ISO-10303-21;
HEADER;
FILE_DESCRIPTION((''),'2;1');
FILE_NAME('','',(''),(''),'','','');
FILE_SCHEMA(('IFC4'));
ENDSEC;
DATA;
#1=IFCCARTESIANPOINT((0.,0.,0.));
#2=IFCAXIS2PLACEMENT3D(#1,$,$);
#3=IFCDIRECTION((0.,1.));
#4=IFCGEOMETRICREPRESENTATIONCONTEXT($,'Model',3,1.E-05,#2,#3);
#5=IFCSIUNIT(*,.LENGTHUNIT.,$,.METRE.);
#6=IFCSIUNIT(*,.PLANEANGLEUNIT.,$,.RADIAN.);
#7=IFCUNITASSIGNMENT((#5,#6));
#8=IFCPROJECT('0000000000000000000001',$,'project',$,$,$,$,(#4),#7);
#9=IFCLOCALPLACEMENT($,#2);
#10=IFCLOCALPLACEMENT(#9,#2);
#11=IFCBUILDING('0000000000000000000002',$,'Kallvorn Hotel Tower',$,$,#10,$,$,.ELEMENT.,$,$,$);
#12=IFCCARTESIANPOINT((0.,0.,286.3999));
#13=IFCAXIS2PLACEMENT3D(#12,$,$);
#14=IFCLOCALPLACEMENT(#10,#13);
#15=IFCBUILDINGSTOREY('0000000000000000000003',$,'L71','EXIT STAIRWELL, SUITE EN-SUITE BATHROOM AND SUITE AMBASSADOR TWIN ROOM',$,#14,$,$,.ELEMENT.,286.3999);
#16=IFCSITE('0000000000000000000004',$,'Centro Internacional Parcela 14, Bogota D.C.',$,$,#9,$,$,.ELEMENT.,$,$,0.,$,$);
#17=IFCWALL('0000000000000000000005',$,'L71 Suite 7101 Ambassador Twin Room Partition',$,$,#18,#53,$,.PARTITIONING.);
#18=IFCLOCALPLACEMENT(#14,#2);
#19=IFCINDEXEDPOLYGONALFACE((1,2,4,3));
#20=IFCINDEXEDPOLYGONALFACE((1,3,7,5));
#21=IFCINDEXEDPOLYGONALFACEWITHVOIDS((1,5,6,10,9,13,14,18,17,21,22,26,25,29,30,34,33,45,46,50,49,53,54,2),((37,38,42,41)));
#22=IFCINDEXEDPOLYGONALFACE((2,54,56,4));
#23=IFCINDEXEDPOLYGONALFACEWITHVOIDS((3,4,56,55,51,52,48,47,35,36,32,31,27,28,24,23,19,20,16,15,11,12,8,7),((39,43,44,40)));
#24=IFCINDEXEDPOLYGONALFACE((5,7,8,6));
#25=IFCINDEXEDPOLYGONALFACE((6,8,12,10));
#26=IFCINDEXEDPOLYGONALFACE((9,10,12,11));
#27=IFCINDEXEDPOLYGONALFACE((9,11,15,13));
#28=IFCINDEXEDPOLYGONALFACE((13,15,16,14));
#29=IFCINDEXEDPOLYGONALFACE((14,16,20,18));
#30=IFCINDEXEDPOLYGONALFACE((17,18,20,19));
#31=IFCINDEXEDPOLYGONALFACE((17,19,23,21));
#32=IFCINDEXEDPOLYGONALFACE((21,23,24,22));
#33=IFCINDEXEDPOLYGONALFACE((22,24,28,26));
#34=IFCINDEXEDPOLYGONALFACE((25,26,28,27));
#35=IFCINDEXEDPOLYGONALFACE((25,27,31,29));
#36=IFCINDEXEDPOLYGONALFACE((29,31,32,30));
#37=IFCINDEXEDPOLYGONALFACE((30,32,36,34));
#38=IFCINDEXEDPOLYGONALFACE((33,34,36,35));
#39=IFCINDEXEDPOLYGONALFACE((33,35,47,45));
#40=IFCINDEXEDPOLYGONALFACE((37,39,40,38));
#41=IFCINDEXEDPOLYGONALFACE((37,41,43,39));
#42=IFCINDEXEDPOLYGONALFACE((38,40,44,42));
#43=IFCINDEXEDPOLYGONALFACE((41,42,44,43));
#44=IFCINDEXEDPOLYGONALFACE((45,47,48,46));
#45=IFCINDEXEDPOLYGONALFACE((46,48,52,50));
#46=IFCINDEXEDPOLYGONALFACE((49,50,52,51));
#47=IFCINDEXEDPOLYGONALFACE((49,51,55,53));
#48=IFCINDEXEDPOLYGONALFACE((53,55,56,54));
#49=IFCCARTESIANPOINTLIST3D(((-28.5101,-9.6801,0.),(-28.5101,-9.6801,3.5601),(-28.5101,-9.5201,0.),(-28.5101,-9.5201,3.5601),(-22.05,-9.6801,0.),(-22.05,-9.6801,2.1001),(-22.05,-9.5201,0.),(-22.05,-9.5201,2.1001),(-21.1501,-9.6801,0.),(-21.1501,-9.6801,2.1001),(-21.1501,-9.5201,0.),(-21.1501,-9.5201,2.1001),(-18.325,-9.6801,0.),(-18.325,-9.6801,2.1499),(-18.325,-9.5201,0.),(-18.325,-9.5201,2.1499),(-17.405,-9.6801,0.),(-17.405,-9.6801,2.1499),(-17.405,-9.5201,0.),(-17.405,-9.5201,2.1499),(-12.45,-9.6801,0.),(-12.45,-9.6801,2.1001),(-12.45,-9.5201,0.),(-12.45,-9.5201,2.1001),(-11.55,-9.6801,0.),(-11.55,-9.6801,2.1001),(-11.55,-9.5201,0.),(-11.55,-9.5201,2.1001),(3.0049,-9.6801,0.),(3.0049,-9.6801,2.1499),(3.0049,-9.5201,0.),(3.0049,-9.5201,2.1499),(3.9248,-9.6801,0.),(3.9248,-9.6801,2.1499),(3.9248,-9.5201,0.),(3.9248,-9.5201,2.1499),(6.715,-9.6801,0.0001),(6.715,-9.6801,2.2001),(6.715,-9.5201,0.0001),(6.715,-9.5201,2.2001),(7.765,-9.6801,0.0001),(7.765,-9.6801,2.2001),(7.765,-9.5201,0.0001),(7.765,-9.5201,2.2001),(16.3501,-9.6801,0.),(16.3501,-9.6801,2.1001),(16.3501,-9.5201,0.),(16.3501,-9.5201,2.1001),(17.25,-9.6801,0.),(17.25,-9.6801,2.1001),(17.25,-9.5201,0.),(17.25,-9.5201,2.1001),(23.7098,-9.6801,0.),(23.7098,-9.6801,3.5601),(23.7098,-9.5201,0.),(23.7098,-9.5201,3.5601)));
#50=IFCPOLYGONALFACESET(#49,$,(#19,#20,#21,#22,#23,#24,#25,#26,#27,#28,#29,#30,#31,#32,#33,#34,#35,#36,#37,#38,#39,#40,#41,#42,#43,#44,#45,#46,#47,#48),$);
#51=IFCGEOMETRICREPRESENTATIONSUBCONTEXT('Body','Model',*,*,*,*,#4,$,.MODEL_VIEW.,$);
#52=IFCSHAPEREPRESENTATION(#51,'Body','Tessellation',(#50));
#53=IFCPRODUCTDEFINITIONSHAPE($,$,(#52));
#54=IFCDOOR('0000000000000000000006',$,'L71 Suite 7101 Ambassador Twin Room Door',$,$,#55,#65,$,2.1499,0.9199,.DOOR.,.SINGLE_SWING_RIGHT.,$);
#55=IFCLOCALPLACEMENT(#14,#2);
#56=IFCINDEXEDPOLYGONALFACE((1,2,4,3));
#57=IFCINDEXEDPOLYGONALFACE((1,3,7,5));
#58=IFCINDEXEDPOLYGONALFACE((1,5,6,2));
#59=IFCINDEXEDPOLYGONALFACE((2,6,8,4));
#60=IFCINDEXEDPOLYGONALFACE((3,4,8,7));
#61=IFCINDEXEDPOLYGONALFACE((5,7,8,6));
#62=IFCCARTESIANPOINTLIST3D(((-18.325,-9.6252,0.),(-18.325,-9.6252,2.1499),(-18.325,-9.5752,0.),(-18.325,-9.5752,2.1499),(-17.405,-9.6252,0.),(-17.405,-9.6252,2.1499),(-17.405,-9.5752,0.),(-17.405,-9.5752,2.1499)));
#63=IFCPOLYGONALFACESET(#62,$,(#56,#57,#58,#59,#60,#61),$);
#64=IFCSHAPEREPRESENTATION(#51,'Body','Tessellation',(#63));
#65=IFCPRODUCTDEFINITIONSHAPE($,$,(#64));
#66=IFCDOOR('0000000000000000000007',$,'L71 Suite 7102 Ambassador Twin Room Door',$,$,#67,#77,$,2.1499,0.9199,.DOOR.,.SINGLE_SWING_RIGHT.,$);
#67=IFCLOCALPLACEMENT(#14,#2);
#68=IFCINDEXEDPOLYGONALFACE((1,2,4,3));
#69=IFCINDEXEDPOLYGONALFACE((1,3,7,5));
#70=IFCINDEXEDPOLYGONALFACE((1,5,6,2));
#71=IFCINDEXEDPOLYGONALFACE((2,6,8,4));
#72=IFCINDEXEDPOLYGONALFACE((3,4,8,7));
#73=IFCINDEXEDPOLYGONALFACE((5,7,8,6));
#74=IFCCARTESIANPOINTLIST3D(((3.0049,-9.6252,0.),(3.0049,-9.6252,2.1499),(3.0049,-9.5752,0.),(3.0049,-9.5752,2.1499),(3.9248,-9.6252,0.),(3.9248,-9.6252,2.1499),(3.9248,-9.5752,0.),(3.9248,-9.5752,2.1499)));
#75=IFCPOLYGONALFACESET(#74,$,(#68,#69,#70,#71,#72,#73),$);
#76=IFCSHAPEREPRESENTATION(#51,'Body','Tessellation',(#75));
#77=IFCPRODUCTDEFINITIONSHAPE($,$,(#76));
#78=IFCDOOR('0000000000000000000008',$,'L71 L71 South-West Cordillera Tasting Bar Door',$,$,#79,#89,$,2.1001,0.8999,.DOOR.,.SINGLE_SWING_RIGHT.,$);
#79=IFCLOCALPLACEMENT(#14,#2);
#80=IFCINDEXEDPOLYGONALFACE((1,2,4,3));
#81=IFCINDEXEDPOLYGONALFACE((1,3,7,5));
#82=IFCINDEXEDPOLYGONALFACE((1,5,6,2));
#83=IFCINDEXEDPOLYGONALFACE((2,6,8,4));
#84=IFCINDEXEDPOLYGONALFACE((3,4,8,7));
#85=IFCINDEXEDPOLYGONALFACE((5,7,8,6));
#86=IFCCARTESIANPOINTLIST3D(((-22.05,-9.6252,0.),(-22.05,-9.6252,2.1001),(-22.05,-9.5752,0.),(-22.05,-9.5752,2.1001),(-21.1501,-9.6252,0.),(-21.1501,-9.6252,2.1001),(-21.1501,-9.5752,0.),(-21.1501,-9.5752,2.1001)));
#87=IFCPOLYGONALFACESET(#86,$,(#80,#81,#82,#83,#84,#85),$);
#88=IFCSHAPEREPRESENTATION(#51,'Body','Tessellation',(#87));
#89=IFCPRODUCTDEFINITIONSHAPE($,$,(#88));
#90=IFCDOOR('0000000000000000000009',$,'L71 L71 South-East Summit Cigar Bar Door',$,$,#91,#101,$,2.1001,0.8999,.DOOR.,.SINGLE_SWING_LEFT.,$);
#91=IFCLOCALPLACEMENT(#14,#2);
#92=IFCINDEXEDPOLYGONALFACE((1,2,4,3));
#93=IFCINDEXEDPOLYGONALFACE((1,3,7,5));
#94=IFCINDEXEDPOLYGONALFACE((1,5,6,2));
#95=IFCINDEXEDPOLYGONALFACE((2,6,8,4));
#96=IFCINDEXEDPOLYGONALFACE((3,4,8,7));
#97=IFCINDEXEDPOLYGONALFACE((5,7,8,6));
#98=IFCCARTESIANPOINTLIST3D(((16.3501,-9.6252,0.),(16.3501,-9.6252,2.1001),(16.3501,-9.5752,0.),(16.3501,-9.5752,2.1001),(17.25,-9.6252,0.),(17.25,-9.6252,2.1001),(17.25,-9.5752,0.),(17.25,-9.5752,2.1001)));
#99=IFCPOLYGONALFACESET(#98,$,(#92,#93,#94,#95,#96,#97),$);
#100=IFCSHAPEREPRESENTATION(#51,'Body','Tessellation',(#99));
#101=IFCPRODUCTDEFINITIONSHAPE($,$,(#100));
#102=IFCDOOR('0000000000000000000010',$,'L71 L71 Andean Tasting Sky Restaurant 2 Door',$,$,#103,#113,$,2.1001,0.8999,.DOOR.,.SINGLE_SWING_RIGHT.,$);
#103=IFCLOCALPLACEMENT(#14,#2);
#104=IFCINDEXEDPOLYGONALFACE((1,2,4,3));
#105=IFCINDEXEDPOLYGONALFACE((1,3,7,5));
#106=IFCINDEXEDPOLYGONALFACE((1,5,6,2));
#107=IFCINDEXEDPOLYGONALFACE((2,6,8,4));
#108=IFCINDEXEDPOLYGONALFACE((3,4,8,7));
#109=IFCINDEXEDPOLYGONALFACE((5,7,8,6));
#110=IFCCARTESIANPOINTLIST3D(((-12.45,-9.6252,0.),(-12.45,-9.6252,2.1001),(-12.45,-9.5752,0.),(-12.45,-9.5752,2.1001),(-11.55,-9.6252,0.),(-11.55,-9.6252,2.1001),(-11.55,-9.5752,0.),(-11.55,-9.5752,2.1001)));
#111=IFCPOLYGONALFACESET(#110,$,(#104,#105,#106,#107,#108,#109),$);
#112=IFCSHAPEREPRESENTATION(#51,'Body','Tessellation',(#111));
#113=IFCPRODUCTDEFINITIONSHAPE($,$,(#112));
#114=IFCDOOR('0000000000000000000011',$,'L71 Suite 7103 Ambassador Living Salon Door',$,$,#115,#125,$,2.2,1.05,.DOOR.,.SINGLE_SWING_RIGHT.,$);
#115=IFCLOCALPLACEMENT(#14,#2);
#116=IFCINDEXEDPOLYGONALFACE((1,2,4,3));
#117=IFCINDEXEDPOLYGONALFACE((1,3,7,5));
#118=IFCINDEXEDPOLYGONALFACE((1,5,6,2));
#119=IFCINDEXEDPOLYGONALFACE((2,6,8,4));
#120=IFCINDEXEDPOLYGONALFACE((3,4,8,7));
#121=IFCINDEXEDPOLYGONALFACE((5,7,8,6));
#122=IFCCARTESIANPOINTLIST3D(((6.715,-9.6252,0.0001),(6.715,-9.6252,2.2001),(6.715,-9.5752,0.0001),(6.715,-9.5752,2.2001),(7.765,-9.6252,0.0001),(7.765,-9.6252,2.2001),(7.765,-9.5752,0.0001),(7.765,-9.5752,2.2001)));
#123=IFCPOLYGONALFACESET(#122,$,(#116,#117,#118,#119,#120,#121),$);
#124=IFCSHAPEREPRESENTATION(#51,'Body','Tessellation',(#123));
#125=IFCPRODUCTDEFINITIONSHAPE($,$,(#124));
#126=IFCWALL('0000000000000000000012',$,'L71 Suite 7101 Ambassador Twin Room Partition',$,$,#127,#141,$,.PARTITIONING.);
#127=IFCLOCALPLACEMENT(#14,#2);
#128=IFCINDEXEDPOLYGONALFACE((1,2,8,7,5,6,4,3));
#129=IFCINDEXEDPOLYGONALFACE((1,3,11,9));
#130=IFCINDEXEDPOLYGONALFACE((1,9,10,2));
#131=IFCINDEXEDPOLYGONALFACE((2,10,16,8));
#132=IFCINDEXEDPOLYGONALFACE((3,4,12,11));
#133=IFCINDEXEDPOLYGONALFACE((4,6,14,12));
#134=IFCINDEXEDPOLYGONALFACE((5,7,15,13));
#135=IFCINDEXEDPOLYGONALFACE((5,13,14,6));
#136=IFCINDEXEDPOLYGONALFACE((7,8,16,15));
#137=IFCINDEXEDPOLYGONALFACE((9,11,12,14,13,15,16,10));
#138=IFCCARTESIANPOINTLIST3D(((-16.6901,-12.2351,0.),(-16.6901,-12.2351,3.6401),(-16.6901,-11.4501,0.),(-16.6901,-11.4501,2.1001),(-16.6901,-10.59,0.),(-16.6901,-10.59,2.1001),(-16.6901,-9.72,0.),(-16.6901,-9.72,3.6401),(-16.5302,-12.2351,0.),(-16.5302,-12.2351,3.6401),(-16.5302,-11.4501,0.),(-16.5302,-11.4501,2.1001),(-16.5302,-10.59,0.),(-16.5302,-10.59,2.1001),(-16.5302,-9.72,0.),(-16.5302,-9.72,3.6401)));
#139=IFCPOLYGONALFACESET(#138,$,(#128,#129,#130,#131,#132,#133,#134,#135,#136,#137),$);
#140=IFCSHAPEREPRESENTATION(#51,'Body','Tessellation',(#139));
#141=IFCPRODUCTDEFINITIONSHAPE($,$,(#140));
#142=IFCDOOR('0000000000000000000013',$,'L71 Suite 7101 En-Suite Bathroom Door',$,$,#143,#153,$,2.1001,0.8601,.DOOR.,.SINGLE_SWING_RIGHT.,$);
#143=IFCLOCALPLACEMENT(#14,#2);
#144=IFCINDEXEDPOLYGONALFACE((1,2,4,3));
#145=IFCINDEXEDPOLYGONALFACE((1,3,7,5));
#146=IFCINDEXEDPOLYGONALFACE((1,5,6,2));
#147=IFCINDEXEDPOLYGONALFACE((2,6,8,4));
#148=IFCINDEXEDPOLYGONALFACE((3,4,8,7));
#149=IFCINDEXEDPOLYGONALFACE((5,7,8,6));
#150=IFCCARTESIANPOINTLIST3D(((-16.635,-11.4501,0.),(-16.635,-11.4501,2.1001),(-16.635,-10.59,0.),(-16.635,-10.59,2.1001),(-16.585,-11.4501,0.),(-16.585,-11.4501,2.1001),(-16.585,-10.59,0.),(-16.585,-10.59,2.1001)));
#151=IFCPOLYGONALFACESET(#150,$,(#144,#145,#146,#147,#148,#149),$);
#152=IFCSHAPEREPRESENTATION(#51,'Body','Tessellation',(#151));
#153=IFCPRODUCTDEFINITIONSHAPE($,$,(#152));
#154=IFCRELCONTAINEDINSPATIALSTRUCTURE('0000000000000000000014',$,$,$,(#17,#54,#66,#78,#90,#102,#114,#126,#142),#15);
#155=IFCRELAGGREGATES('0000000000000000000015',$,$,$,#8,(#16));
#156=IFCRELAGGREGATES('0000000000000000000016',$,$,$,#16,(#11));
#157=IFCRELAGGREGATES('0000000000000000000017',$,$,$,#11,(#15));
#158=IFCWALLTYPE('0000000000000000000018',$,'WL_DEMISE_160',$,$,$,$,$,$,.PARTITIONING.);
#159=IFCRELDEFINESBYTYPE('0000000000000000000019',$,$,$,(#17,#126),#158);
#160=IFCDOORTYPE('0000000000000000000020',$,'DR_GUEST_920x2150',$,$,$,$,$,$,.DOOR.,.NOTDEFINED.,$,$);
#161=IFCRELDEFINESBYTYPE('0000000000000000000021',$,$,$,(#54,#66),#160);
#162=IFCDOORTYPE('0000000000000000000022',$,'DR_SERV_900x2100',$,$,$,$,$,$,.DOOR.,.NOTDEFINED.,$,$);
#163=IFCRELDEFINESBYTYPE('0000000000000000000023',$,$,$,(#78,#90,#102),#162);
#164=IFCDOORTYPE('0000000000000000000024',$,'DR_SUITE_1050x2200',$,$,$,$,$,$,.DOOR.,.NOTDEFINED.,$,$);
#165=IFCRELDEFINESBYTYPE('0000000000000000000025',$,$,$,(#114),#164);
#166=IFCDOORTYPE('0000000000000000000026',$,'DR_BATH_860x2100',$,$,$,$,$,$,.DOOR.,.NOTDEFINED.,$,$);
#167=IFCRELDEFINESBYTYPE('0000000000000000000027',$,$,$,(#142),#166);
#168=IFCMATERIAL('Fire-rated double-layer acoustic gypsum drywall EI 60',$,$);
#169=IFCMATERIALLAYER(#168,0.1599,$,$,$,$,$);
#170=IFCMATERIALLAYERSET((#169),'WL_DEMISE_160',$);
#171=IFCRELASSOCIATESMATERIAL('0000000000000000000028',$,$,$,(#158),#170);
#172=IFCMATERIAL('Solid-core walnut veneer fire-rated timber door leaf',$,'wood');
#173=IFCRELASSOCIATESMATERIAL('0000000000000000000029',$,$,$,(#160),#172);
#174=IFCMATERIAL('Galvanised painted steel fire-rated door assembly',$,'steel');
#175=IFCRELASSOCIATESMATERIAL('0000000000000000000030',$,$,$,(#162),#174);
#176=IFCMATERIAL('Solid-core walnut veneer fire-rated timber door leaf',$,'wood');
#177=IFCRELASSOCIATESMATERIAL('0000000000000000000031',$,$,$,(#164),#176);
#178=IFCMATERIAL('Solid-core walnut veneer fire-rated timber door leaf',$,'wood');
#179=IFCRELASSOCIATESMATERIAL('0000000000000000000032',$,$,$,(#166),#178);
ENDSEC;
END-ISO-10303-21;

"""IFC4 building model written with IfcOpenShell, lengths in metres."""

from ifc_helpers import new_model, si_unit, direction, frame, frame_2d, origin, place, context, subcontext, project, spatial, rectangle, extrude, material, layer, layer_set, type_object, element, fill, save


model = new_model("IFC4")

# Units and contexts
model_context = context("Model", 3, precision=1e-05, world=origin(), true_north=direction((0.0, 1.0)))
body_context = subcontext(model_context, "Body", "Model", "MODEL_VIEW")
ifc_project = project(units=[si_unit("LENGTHUNIT", "METRE"), si_unit("PLANEANGLEUNIT", "RADIAN")], contexts=[model_context])

# Site, building, storey
site_placement = place(None, origin())
site = spatial("IfcSite", under=ifc_project, at=site_placement, Name="Centro Internacional Parcela 14, Bogota D.C.", CompositionType="ELEMENT", RefElevation=0.0)
building_placement = place(site_placement, origin())
building = spatial("IfcBuilding", under=site, at=building_placement, Name="Kallvorn Hotel Tower", CompositionType="ELEMENT")
storey_placement = place(building_placement, frame((0.0, 0.0, 286.3999)))
storey = spatial("IfcBuildingStorey", under=building, at=storey_placement, Name="L71", Description="EXIT STAIRWELL, SUITE EN-SUITE BATHROOM AND SUITE AMBASSADOR TWIN ROOM", CompositionType="ELEMENT", Elevation=286.3999)

# Shared definitions
ifc_material_1 = material(Name="Fire-rated double-layer acoustic gypsum drywall EI 60")
ifc_layer_1 = layer(ifc_material_1, 0.1599)
ifc_layer_set_1 = layer_set([ifc_layer_1], Name="WL_DEMISE_160")
wall_type_1 = type_object("IfcWallType", Name="WL_DEMISE_160", PredefinedType="PARTITIONING", material=ifc_layer_set_1)

# Wall, openings, doors
wall_1_placement = place(storey_placement, frame((-28.51, -9.6001, 0.0), z_axis=(0.0, 0.0, 1.0), x_axis=(1.0, 0.0, 0.0)))
wall_1 = element("IfcWall", 1, at=wall_1_placement, inside=storey, type_object=wall_type_1, Name="L71 Suite 7101 Ambassador Twin Room Partition", PredefinedType="PARTITIONING", context=body_context, shape_type="SweptSolid", body=[
    extrude(rectangle(XDim=52.22, YDim=0.1599, at=frame_2d((26.1099, 0.0))), origin(), (0.0, 0.0, 1.0), 3.5601),
])
opening_1_placement = place(wall_1_placement, frame((6.46, 0.0, 0.0)))
opening_1 = element("IfcOpeningElement", 2, at=opening_1_placement, cuts=wall_1, PredefinedType="OPENING", context=body_context, shape_type="SweptSolid", body=[
    extrude(rectangle(XDim=0.8999, YDim=2.1001, at=frame_2d((0.45, 1.05))), frame((0.0, 0.095, 0.0), z_axis=(0.0, -1.0, 0.0), x_axis=(1.0, 0.0, 0.0)), (0.0, 0.0, 1.0), 0.1899),
])
opening_2_placement = place(wall_1_placement, frame((44.8601, 0.0, 0.0)))
opening_2 = element("IfcOpeningElement", 3, at=opening_2_placement, cuts=wall_1, PredefinedType="OPENING", context=body_context, shape_type="SweptSolid", body=[
    extrude(rectangle(XDim=0.8999, YDim=2.1001, at=frame_2d((0.45, 1.05))), frame((0.0, 0.095, 0.0), z_axis=(0.0, -1.0, 0.0), x_axis=(1.0, 0.0, 0.0)), (0.0, 0.0, 1.0), 0.1899),
])
opening_3_placement = place(wall_1_placement, frame((10.1851, 0.0, 0.0)))
opening_3 = element("IfcOpeningElement", 4, at=opening_3_placement, cuts=wall_1, PredefinedType="OPENING", context=body_context, shape_type="SweptSolid", body=[
    extrude(rectangle(XDim=0.9199, YDim=2.1499, at=frame_2d((0.46, 1.075))), frame((0.0, 0.095, 0.0), z_axis=(0.0, -1.0, 0.0), x_axis=(1.0, 0.0, 0.0)), (0.0, 0.0, 1.0), 0.1899),
])
opening_4_placement = place(wall_1_placement, frame((16.0601, 0.0, 0.0)))
opening_4 = element("IfcOpeningElement", 5, at=opening_4_placement, cuts=wall_1, PredefinedType="OPENING", context=body_context, shape_type="SweptSolid", body=[
    extrude(rectangle(XDim=0.8999, YDim=2.1001, at=frame_2d((0.45, 1.05))), frame((0.0, 0.095, 0.0), z_axis=(0.0, -1.0, 0.0), x_axis=(1.0, 0.0, 0.0)), (0.0, 0.0, 1.0), 0.1899),
])
opening_5_placement = place(wall_1_placement, frame((31.5149, 0.0, 0.0)))
opening_5 = element("IfcOpeningElement", 6, at=opening_5_placement, cuts=wall_1, PredefinedType="OPENING", context=body_context, shape_type="SweptSolid", body=[
    extrude(rectangle(XDim=0.9199, YDim=2.1499, at=frame_2d((0.46, 1.075))), frame((0.0, 0.095, 0.0), z_axis=(0.0, -1.0, 0.0), x_axis=(1.0, 0.0, 0.0)), (0.0, 0.0, 1.0), 0.1899),
])
opening_6_placement = place(wall_1_placement, frame((35.2251, 0.0, 0.0)))
opening_6 = element("IfcOpeningElement", 7, at=opening_6_placement, cuts=wall_1, PredefinedType="OPENING", context=body_context, shape_type="SweptSolid", body=[
    extrude(rectangle(XDim=1.05, YDim=2.2, at=frame_2d((0.5249, 1.1001))), frame((0.0, 0.095, 0.0), z_axis=(0.0, -1.0, 0.0), x_axis=(1.0, 0.0, 0.0)), (0.0, 0.0, 1.0), 0.1899),
])
ifc_material_2 = material(Name="Solid-core walnut veneer fire-rated timber door leaf", Category="wood")
door_type_1 = type_object("IfcDoorType", Name="DR_GUEST_920x2150", OperationType="NOTDEFINED", PredefinedType="DOOR", material=ifc_material_2)
door_1_placement = place(opening_3_placement, origin())
door_1 = element("IfcDoor", 8, at=door_1_placement, inside=storey, type_object=door_type_1, Name="L71 Suite 7101 Ambassador Twin Room Door", OperationType="SINGLE_SWING_RIGHT", OverallHeight=2.1499, OverallWidth=0.9199, PredefinedType="DOOR", context=body_context, shape_type="SweptSolid", body=[
    extrude(rectangle(XDim=0.9199, YDim=2.1499, at=frame_2d((0.46, 1.075))), frame((0.0, 0.0249, 0.0), z_axis=(0.0, -1.0, 0.0), x_axis=(1.0, 0.0, 0.0)), (0.0, 0.0, 1.0), 0.05),
])
fill(opening_3, door_1)
door_2_placement = place(opening_5_placement, origin())
door_2 = element("IfcDoor", 9, at=door_2_placement, inside=storey, type_object=door_type_1, Name="L71 Suite 7102 Ambassador Twin Room Door", OperationType="SINGLE_SWING_RIGHT", OverallHeight=2.1499, OverallWidth=0.9199, PredefinedType="DOOR", context=body_context, shape_type="SweptSolid", body=[
    extrude(rectangle(XDim=0.9199, YDim=2.1499, at=frame_2d((0.46, 1.075))), frame((0.0, 0.0249, 0.0), z_axis=(0.0, -1.0, 0.0), x_axis=(1.0, 0.0, 0.0)), (0.0, 0.0, 1.0), 0.05),
])
fill(opening_5, door_2)
ifc_material_3 = material(Name="Galvanised painted steel fire-rated door assembly", Category="steel")
door_type_2 = type_object("IfcDoorType", Name="DR_SERV_900x2100", OperationType="NOTDEFINED", PredefinedType="DOOR", material=ifc_material_3)
door_3_placement = place(opening_1_placement, origin())
door_3 = element("IfcDoor", 10, at=door_3_placement, inside=storey, type_object=door_type_2, Name="L71 L71 South-West Cordillera Tasting Bar Door", OperationType="SINGLE_SWING_RIGHT", OverallHeight=2.1001, OverallWidth=0.8999, PredefinedType="DOOR", context=body_context, shape_type="SweptSolid", body=[
    extrude(rectangle(XDim=0.8999, YDim=2.1001, at=frame_2d((0.45, 1.05))), frame((0.0, 0.0249, 0.0), z_axis=(0.0, -1.0, 0.0), x_axis=(1.0, 0.0, 0.0)), (0.0, 0.0, 1.0), 0.05),
])
fill(opening_1, door_3)
door_4_placement = place(opening_2_placement, origin())
door_4 = element("IfcDoor", 11, at=door_4_placement, inside=storey, type_object=door_type_2, Name="L71 L71 South-East Summit Cigar Bar Door", OperationType="SINGLE_SWING_LEFT", OverallHeight=2.1001, OverallWidth=0.8999, PredefinedType="DOOR", context=body_context, shape_type="SweptSolid", body=[
    extrude(rectangle(XDim=0.8999, YDim=2.1001, at=frame_2d((0.45, 1.05))), frame((0.0, 0.0249, 0.0), z_axis=(0.0, -1.0, 0.0), x_axis=(1.0, 0.0, 0.0)), (0.0, 0.0, 1.0), 0.05),
])
fill(opening_2, door_4)
door_5_placement = place(opening_4_placement, origin())
door_5 = element("IfcDoor", 12, at=door_5_placement, inside=storey, type_object=door_type_2, Name="L71 L71 Andean Tasting Sky Restaurant 2 Door", OperationType="SINGLE_SWING_RIGHT", OverallHeight=2.1001, OverallWidth=0.8999, PredefinedType="DOOR", context=body_context, shape_type="SweptSolid", body=[
    extrude(rectangle(XDim=0.8999, YDim=2.1001, at=frame_2d((0.45, 1.05))), frame((0.0, 0.0249, 0.0), z_axis=(0.0, -1.0, 0.0), x_axis=(1.0, 0.0, 0.0)), (0.0, 0.0, 1.0), 0.05),
])
fill(opening_4, door_5)
ifc_material_4 = material(Name="Solid-core walnut veneer fire-rated timber door leaf", Category="wood")
door_type_3 = type_object("IfcDoorType", Name="DR_SUITE_1050x2200", OperationType="NOTDEFINED", PredefinedType="DOOR", material=ifc_material_4)
door_6_placement = place(opening_6_placement, origin())
door_6 = element("IfcDoor", 13, at=door_6_placement, inside=storey, type_object=door_type_3, Name="L71 Suite 7103 Ambassador Living Salon Door", OperationType="SINGLE_SWING_RIGHT", OverallHeight=2.2, OverallWidth=1.05, PredefinedType="DOOR", context=body_context, shape_type="SweptSolid", body=[
    extrude(rectangle(XDim=1.05, YDim=2.2, at=frame_2d((0.5249, 1.1001))), frame((0.0, 0.0249, 0.0), z_axis=(0.0, -1.0, 0.0), x_axis=(1.0, 0.0, 0.0)), (0.0, 0.0, 1.0), 0.05),
])
fill(opening_6, door_6)

# Wall, opening, door
wall_2_placement = place(storey_placement, frame((-16.6101, -12.2351, 0.0), z_axis=(0.0, 0.0, 1.0), x_axis=(0.0, 1.0, 0.0)))
wall_2 = element("IfcWall", 14, at=wall_2_placement, inside=storey, type_object=wall_type_1, Name="L71 Suite 7101 Ambassador Twin Room Partition", PredefinedType="PARTITIONING", context=body_context, shape_type="SweptSolid", body=[
    extrude(rectangle(XDim=2.5151, YDim=0.1599, at=frame_2d((1.2576, 0.0))), origin(), (0.0, 0.0, 1.0), 3.6401),
])
opening_7_placement = place(wall_2_placement, frame((0.7849, 0.0, 0.0)))
opening_7 = element("IfcOpeningElement", 15, at=opening_7_placement, cuts=wall_2, PredefinedType="OPENING", context=body_context, shape_type="SweptSolid", body=[
    extrude(rectangle(XDim=0.8601, YDim=2.1001, at=frame_2d((0.4302, 1.05))), frame((0.0, 0.095, 0.0), z_axis=(0.0, -1.0, 0.0), x_axis=(1.0, 0.0, 0.0)), (0.0, 0.0, 1.0), 0.1899),
])
ifc_material_5 = material(Name="Solid-core walnut veneer fire-rated timber door leaf", Category="wood")
door_type_4 = type_object("IfcDoorType", Name="DR_BATH_860x2100", OperationType="NOTDEFINED", PredefinedType="DOOR", material=ifc_material_5)
door_7_placement = place(opening_7_placement, origin())
door_7 = element("IfcDoor", 16, at=door_7_placement, inside=storey, type_object=door_type_4, Name="L71 Suite 7101 En-Suite Bathroom Door", OperationType="SINGLE_SWING_RIGHT", OverallHeight=2.1001, OverallWidth=0.8601, PredefinedType="DOOR", context=body_context, shape_type="SweptSolid", body=[
    extrude(rectangle(XDim=0.8601, YDim=2.1001, at=frame_2d((0.4302, 1.05))), frame((0.0, 0.0249, 0.0), z_axis=(0.0, -1.0, 0.0), x_axis=(1.0, 0.0, 0.0)), (0.0, 0.0, 1.0), 0.05),
])
fill(opening_7, door_7)

save(model, "model.ifc")
